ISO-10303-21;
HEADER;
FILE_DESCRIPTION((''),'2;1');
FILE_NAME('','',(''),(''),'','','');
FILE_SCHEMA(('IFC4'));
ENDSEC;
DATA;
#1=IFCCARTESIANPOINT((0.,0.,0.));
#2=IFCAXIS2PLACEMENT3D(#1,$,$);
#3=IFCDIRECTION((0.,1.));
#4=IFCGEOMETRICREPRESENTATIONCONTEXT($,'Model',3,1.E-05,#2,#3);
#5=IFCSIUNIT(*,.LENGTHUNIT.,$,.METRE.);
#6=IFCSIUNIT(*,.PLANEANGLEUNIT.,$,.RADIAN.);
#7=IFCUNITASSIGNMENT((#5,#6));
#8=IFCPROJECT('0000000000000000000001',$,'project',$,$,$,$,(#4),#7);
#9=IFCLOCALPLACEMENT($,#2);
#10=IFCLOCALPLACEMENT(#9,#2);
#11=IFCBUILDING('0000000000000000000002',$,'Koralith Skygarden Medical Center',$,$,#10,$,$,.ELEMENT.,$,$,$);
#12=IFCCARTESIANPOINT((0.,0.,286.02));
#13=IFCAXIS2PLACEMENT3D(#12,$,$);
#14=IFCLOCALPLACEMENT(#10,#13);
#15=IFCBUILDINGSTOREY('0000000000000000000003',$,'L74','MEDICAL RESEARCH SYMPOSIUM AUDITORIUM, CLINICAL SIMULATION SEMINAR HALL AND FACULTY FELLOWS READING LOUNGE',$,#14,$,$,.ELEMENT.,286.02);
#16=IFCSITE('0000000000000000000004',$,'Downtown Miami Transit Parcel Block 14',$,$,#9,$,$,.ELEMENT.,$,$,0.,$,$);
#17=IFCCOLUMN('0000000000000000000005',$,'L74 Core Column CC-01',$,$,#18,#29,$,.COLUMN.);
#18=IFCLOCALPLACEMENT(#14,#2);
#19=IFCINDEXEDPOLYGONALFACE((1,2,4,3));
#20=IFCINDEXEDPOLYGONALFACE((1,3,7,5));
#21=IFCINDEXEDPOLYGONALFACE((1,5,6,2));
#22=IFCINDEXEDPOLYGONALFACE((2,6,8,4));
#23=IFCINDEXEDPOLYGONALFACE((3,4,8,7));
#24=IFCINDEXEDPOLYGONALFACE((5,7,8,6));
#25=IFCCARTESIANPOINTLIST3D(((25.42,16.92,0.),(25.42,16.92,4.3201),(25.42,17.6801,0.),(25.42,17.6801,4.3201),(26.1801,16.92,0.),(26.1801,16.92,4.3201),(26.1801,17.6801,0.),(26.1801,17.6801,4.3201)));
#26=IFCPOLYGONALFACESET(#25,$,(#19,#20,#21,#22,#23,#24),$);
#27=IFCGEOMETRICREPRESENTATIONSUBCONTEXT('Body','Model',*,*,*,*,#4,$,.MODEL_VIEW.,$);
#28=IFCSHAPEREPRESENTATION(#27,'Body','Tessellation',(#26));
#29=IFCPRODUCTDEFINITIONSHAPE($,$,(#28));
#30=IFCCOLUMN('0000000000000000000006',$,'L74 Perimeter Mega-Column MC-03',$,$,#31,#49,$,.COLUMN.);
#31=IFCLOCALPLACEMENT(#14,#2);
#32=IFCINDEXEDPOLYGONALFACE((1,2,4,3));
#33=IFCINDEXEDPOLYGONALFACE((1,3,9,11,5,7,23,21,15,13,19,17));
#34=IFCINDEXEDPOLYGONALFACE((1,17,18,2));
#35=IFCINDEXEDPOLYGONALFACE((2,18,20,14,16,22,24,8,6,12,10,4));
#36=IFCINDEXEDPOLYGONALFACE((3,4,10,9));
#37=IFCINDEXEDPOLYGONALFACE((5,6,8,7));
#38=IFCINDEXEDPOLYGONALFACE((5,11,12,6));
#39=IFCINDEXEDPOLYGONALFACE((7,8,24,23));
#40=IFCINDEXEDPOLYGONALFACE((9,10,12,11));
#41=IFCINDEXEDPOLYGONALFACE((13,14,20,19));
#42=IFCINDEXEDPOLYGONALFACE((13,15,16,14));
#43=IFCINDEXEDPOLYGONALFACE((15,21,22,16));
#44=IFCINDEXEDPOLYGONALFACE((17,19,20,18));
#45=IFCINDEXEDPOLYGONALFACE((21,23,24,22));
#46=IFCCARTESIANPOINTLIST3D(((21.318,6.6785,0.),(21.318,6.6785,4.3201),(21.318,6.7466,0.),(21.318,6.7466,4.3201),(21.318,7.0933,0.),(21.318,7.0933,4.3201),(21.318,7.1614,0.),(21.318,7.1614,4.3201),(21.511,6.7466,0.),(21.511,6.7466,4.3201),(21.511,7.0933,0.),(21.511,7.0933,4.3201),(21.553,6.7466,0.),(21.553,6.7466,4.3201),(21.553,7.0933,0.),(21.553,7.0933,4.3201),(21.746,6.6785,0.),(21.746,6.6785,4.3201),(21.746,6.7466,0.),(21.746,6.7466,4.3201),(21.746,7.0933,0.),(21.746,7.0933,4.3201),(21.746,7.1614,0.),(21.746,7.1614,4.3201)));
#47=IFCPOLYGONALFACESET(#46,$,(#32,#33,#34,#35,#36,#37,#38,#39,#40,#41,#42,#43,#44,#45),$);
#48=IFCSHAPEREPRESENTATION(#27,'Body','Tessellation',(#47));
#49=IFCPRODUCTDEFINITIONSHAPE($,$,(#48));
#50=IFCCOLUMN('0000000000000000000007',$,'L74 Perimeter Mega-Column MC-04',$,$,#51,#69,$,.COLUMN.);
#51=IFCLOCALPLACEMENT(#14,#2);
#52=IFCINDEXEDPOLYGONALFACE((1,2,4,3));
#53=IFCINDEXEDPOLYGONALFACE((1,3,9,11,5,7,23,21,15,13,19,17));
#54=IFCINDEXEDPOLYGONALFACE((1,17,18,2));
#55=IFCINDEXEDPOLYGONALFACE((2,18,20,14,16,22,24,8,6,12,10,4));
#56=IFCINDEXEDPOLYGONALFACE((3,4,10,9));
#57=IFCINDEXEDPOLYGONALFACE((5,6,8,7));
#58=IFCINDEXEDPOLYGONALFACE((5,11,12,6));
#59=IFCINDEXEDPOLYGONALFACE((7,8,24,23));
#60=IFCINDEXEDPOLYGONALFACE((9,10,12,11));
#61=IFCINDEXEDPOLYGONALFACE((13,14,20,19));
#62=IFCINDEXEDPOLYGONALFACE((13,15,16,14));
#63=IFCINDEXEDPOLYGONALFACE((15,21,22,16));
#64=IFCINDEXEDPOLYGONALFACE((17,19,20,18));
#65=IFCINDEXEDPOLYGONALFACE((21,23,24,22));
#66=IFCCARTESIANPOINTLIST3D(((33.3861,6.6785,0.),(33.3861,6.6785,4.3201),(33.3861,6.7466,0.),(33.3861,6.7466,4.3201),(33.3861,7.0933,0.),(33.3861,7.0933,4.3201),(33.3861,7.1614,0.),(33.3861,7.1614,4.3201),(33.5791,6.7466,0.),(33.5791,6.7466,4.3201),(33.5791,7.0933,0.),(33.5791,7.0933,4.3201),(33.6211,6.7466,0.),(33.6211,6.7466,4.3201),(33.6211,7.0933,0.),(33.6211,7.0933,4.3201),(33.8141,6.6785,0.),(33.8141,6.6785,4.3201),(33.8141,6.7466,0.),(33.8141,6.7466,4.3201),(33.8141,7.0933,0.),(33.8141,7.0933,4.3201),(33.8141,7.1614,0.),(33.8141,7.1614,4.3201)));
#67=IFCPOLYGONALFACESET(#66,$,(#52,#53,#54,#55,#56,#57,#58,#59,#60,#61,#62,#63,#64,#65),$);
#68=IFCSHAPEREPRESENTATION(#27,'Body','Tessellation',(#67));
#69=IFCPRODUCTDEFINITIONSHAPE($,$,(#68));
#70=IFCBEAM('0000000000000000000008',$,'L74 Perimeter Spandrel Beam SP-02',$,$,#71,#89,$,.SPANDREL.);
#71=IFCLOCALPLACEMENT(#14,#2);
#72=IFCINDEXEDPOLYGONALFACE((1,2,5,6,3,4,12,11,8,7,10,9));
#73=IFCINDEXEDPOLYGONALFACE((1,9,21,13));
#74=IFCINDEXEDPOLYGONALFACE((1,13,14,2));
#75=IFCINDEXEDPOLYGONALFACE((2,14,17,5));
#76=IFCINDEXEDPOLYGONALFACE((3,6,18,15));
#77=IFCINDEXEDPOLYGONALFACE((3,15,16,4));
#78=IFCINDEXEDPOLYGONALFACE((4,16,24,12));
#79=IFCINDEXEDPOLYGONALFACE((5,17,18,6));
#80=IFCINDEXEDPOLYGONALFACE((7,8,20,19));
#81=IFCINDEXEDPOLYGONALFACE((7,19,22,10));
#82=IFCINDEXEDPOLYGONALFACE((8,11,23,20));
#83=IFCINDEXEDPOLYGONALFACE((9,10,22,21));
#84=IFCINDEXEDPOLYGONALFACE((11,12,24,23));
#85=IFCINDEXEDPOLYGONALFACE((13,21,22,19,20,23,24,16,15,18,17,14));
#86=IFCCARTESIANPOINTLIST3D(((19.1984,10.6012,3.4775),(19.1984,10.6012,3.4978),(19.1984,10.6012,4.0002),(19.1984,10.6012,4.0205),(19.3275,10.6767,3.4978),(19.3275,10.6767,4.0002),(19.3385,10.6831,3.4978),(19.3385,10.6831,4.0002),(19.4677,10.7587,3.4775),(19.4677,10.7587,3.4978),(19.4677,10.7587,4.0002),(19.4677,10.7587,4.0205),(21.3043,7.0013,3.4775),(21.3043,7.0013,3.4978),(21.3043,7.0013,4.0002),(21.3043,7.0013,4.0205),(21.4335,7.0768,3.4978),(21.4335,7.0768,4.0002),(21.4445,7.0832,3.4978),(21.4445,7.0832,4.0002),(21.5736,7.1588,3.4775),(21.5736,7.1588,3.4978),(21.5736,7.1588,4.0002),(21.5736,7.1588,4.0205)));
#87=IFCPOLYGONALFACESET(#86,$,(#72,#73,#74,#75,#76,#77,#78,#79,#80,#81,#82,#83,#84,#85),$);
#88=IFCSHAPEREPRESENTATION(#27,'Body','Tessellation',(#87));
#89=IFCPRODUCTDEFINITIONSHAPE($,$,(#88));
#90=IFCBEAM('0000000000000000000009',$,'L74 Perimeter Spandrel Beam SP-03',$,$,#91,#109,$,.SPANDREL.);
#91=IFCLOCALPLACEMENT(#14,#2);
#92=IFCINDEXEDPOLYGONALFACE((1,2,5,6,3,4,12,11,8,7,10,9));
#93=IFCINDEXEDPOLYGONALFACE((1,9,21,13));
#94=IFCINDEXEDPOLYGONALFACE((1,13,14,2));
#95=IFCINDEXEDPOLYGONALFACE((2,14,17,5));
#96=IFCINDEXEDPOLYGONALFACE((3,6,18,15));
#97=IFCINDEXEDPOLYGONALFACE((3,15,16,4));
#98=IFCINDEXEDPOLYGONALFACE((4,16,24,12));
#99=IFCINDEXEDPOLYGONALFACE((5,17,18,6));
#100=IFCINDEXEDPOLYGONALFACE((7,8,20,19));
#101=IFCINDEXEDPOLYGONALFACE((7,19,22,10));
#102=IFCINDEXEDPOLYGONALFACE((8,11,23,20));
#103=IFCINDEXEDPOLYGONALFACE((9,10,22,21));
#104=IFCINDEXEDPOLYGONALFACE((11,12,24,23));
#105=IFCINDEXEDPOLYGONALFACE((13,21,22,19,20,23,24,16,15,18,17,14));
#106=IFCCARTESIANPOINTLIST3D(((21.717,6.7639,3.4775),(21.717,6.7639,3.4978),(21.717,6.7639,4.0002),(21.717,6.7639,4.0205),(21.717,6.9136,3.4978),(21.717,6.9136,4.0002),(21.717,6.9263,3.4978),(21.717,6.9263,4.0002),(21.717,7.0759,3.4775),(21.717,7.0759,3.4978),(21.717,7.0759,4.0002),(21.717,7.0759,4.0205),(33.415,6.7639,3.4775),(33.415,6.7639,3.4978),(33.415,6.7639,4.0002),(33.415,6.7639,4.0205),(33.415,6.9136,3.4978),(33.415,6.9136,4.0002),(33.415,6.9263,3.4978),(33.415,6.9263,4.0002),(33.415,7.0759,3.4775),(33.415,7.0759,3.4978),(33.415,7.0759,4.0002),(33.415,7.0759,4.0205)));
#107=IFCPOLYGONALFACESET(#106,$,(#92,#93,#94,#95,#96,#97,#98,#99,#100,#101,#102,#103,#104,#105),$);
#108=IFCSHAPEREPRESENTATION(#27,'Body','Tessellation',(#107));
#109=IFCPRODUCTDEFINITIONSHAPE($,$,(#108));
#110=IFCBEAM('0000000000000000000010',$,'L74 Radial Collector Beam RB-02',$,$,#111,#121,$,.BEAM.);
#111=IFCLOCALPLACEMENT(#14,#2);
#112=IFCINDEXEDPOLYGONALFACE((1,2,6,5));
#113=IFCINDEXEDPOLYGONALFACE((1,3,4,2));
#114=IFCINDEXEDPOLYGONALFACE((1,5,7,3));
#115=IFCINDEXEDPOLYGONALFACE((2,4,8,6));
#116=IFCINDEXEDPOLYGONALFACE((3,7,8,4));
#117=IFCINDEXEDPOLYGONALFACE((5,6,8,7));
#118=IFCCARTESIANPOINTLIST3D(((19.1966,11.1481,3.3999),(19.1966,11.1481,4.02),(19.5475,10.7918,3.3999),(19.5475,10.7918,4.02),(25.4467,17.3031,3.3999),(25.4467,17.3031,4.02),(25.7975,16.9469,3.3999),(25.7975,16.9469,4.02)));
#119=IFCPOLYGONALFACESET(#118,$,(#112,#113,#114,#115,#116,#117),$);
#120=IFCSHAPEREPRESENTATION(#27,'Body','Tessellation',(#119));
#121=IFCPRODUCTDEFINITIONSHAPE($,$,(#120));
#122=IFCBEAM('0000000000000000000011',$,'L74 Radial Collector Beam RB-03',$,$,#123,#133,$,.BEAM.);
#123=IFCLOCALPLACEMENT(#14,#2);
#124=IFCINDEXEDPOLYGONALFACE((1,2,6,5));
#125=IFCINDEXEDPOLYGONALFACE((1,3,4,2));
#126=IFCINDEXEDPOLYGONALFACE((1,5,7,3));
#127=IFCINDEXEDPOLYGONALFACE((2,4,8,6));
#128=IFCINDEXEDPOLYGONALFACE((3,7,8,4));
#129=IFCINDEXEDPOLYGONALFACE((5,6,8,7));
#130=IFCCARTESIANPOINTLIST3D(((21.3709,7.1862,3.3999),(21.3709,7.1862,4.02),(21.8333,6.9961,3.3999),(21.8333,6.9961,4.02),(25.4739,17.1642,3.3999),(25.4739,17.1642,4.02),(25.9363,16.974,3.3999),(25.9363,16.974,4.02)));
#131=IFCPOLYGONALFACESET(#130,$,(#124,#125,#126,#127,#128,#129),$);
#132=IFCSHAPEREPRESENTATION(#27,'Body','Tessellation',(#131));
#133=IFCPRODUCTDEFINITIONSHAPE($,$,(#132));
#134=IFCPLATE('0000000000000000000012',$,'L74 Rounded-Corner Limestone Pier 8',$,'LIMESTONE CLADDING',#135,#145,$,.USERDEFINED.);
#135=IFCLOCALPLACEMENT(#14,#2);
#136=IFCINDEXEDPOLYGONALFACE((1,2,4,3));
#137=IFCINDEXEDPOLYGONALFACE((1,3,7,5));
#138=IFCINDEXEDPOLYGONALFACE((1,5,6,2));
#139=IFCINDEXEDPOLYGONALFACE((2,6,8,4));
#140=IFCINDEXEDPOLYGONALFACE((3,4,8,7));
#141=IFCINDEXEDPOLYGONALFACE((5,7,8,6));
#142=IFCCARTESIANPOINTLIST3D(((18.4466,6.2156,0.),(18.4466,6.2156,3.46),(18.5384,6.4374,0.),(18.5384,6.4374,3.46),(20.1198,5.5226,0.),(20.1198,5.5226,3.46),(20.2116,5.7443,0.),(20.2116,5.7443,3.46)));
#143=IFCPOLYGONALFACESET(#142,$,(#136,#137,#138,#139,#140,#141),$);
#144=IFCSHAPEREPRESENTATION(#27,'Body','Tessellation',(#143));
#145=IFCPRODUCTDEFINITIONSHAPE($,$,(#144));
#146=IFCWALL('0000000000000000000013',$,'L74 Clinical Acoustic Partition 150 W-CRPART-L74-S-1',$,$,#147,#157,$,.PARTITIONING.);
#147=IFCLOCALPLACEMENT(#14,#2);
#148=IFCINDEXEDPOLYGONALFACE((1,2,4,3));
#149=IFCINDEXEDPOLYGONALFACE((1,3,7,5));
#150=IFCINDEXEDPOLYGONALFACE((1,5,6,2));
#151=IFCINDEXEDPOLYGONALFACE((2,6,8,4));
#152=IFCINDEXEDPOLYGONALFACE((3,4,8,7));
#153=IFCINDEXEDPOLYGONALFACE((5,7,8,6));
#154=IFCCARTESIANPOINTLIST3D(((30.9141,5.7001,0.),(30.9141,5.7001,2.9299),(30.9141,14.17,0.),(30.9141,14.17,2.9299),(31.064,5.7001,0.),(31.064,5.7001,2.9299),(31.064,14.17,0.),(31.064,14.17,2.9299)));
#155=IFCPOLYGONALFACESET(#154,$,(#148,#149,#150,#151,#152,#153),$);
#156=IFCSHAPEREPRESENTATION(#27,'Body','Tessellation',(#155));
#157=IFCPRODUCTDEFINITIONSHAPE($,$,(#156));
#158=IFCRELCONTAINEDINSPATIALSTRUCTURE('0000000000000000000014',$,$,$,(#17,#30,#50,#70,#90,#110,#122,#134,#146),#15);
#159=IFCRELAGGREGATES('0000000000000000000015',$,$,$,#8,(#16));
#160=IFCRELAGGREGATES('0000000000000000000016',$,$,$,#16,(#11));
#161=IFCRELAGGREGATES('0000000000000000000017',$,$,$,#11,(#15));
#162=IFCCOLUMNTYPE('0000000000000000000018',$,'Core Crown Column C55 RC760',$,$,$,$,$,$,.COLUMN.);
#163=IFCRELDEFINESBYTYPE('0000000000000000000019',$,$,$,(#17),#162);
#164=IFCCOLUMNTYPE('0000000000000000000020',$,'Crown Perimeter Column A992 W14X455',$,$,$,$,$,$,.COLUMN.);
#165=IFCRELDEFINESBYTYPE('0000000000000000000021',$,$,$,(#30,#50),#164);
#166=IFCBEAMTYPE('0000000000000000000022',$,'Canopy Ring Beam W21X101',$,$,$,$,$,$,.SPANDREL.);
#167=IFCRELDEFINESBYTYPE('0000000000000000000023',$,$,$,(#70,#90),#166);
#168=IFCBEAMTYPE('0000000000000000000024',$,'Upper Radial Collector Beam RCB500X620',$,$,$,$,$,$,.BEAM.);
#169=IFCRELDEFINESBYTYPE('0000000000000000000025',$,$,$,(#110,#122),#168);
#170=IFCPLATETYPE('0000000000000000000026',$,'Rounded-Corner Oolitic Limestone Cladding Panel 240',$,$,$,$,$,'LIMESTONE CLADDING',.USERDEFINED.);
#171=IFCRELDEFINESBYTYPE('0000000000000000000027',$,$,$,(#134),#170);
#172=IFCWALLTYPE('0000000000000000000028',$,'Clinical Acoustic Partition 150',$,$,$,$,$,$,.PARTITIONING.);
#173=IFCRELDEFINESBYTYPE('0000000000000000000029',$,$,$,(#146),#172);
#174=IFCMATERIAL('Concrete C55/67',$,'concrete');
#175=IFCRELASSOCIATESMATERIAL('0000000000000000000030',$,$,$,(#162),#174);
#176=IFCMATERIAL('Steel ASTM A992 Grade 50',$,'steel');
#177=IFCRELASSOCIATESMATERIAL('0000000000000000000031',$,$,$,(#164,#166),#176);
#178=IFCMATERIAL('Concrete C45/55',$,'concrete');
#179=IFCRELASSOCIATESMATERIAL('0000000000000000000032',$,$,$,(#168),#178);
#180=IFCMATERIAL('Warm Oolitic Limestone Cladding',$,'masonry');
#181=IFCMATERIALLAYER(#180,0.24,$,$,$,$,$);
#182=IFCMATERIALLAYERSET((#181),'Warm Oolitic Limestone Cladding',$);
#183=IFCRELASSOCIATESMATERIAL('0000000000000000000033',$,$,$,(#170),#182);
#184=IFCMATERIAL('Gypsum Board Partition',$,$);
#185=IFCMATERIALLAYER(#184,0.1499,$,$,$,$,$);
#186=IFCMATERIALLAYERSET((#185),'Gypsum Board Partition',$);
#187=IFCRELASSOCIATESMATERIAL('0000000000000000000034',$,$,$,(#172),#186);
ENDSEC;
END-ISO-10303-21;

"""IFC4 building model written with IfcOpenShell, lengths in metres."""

from ifc_helpers import new_model, si_unit, direction, frame, frame_2d, origin, origin_2d, place, context, subcontext, project, spatial, rectangle, i_section, extrude, material, layer, layer_set, material_profile, profile_set, type_object, element, save


model = new_model("IFC4")

# Units and contexts
model_context = context("Model", 3, precision=1e-05, world=origin(), true_north=direction((0.0, 1.0)))
body_context = subcontext(model_context, "Body", "Model", "MODEL_VIEW")
ifc_project = project(units=[si_unit("LENGTHUNIT", "METRE"), si_unit("PLANEANGLEUNIT", "RADIAN")], contexts=[model_context])

# Site, building, storey
site_placement = place(None, origin())
site = spatial("IfcSite", under=ifc_project, at=site_placement, Name="Downtown Miami Transit Parcel Block 14", CompositionType="ELEMENT", RefElevation=0.0)
building_placement = place(site_placement, origin())
building = spatial("IfcBuilding", under=site, at=building_placement, Name="Koralith Skygarden Medical Center", CompositionType="ELEMENT")
storey_placement = place(building_placement, frame((0.0, 0.0, 286.02)))
storey = spatial("IfcBuildingStorey", under=building, at=storey_placement, Name="L74", Description="MEDICAL RESEARCH SYMPOSIUM AUDITORIUM, CLINICAL SIMULATION SEMINAR HALL AND FACULTY FELLOWS READING LOUNGE", CompositionType="ELEMENT", Elevation=286.02)

# Columns
ifc_material_1 = material(Name="Concrete C55/67", Category="concrete")
ifc_material_profile_1 = material_profile(ifc_material_1, rectangle(XDim=0.76, YDim=0.76, at=origin_2d()), Name="RC760X760")
ifc_profile_set_1 = profile_set([ifc_material_profile_1], Name="Concrete C55/67")
column_type_1 = type_object("IfcColumnType", Name="Core Crown Column C55 RC760", PredefinedType="COLUMN", material=ifc_profile_set_1)
column_placement = place(storey_placement, frame((25.8, 17.3, 0.0), z_axis=(0.0, 0.0, 1.0), x_axis=(1.0, 0.0, 0.0)))
element("IfcColumn", 1, at=column_placement, inside=storey, type_object=column_type_1, Name="L74 Core Column CC-01", PredefinedType="COLUMN", context=body_context, shape_type="SweptSolid", body=[
    extrude(rectangle(XDim=0.76, YDim=0.76, at=origin_2d()), origin(), (0.0, 0.0, 1.0), 4.3201),
])
ifc_material_2 = material(Name="Steel ASTM A992 Grade 50", Category="steel")
ifc_material_profile_2 = material_profile(ifc_material_2, i_section(OverallWidth=0.428, OverallDepth=0.4829, WebThickness=0.042, FlangeThickness=0.0681, at=origin_2d()), Name="W14X455")
ifc_profile_set_2 = profile_set([ifc_material_profile_2], Name="Steel ASTM A992 Grade 50")
column_type_2 = type_object("IfcColumnType", Name="Crown Perimeter Column A992 W14X455", PredefinedType="COLUMN", material=ifc_profile_set_2)
for number, where, z_axis, x_axis, name in (
    (2, (21.532, 6.9199, 0.0), (0.0, 0.0, 1.0), (1.0, 0.0, 0.0), "L74 Perimeter Mega-Column MC-03"),
    (3, (33.6001, 6.9199, 0.0), (0.0, 0.0, 1.0), (1.0, 0.0, 0.0), "L74 Perimeter Mega-Column MC-04"),
):
    element("IfcColumn", number, at=place(storey_placement, frame(where, z_axis=z_axis, x_axis=x_axis)), inside=storey, type_object=column_type_2, Name=name, PredefinedType="COLUMN", context=body_context, shape_type="SweptSolid", body=[
        extrude(i_section(OverallWidth=0.428, OverallDepth=0.4829, WebThickness=0.042, FlangeThickness=0.0681, at=origin_2d()), origin(), (0.0, 0.0, 1.0), 4.3201),
    ])

# Beams
ifc_material_profile_3 = material_profile(ifc_material_2, i_section(OverallWidth=0.312, OverallDepth=0.543, WebThickness=0.0127, FlangeThickness=0.0203, at=origin_2d()), Name="W21X101")
ifc_profile_set_3 = profile_set([ifc_material_profile_3], Name="Steel ASTM A992 Grade 50")
beam_type_1 = type_object("IfcBeamType", Name="Canopy Ring Beam W21X101", PredefinedType="SPANDREL", material=ifc_profile_set_3)
beam_1_placement = place(storey_placement, frame((19.333, 10.6799, 3.749), z_axis=(0.504952, -0.863148, 0.0), x_axis=(0.863148, 0.504952, 0.0)))
element("IfcBeam", 4, at=beam_1_placement, inside=storey, type_object=beam_type_1, Name="L74 Perimeter Spandrel Beam SP-02", PredefinedType="SPANDREL", context=body_context, shape_type="SweptSolid", body=[
    extrude(i_section(OverallWidth=0.312, OverallDepth=0.543, WebThickness=0.0127, FlangeThickness=0.0203, at=origin_2d()), origin(), (0.0, 0.0, 1.0), 4.1707),
])
beam_2_placement = place(storey_placement, frame((21.717, 6.9199, 3.749), z_axis=(1.0, 0.0, 0.0), x_axis=(0.0, 1.0, 0.0)))
element("IfcBeam", 5, at=beam_2_placement, inside=storey, type_object=beam_type_1, Name="L74 Perimeter Spandrel Beam SP-03", PredefinedType="SPANDREL", context=body_context, shape_type="SweptSolid", body=[
    extrude(i_section(OverallWidth=0.312, OverallDepth=0.543, WebThickness=0.0127, FlangeThickness=0.0203, at=origin_2d()), origin(), (0.0, 0.0, 1.0), 11.698),
])
ifc_material_3 = material(Name="Concrete C45/55", Category="concrete")
ifc_material_profile_4 = material_profile(ifc_material_3, rectangle(XDim=0.5, YDim=0.6201, at=origin_2d()), Name="RCB500X620")
ifc_profile_set_4 = profile_set([ifc_material_profile_4], Name="Concrete C45/55")
beam_type_2 = type_object("IfcBeamType", Name="Upper Radial Collector Beam RCB500X620", PredefinedType="BEAM", material=ifc_profile_set_4)
beam_3_placement = place(storey_placement, frame((25.6221, 17.125, 3.71), z_axis=(-0.712499, -0.701673, 0.0), x_axis=(0.701673, -0.712499, 0.0)))
element("IfcBeam", 6, at=beam_3_placement, inside=storey, type_object=beam_type_2, Name="L74 Radial Collector Beam RB-02", PredefinedType="BEAM", context=body_context, shape_type="SweptSolid", body=[
    extrude(rectangle(XDim=0.5, YDim=0.6201, at=origin_2d()), origin(), (0.0, 0.0, 1.0), 8.772),
])
beam_4_placement = place(storey_placement, frame((25.7051, 17.0691, 3.71), z_axis=(-0.380308, -0.92486, 0.0), x_axis=(0.92486, -0.380308, 0.0)))
element("IfcBeam", 7, at=beam_4_placement, inside=storey, type_object=beam_type_2, Name="L74 Radial Collector Beam RB-03", PredefinedType="BEAM", context=body_context, shape_type="SweptSolid", body=[
    extrude(rectangle(XDim=0.5, YDim=0.6201, at=origin_2d()), origin(), (0.0, 0.0, 1.0), 10.7886),
])

# Plate
ifc_material_4 = material(Name="Warm Oolitic Limestone Cladding", Category="masonry")
ifc_layer_1 = layer(ifc_material_4, 0.24)
ifc_layer_set_1 = layer_set([ifc_layer_1], Name="Warm Oolitic Limestone Cladding")
plate_type = type_object("IfcPlateType", Name="Rounded-Corner Oolitic Limestone Cladding Panel 240", ElementType="LIMESTONE CLADDING", PredefinedType="USERDEFINED", material=ifc_layer_set_1)
plate_placement = place(storey_placement, frame((19.3291, 5.98, 0.0), z_axis=(0.0, 0.0, 1.0), x_axis=(0.923885, -0.382671, 0.0)))
element("IfcPlate", 8, at=plate_placement, inside=storey, type_object=plate_type, Name="L74 Rounded-Corner Limestone Pier 8", ObjectType="LIMESTONE CLADDING", PredefinedType="USERDEFINED", context=body_context, shape_type="SweptSolid", body=[
    extrude(rectangle(XDim=1.811, YDim=0.24, at=origin_2d()), origin(), (0.0, 0.0, 1.0), 3.46),
])

# Wall
ifc_material_5 = material(Name="Gypsum Board Partition")
ifc_layer_2 = layer(ifc_material_5, 0.1499)
ifc_layer_set_2 = layer_set([ifc_layer_2], Name="Gypsum Board Partition")
wall_type_1 = type_object("IfcWallType", Name="Clinical Acoustic Partition 150", PredefinedType="PARTITIONING", material=ifc_layer_set_2)
wall_1_placement = place(storey_placement, frame((30.989, 14.1699, 0.0), z_axis=(0.0, 0.0, 1.0), x_axis=(0.0, -1.0, 0.0)))
element("IfcWall", 9, at=wall_1_placement, inside=storey, type_object=wall_type_1, Name="L74 Clinical Acoustic Partition 150 W-CRPART-L74-S-1", PredefinedType="PARTITIONING", context=body_context, shape_type="SweptSolid", body=[
    extrude(rectangle(XDim=8.47, YDim=0.1499, at=frame_2d((4.2349, 0.0))), origin(), (0.0, 0.0, 1.0), 2.9299),
])

save(model, "model.ifc")
